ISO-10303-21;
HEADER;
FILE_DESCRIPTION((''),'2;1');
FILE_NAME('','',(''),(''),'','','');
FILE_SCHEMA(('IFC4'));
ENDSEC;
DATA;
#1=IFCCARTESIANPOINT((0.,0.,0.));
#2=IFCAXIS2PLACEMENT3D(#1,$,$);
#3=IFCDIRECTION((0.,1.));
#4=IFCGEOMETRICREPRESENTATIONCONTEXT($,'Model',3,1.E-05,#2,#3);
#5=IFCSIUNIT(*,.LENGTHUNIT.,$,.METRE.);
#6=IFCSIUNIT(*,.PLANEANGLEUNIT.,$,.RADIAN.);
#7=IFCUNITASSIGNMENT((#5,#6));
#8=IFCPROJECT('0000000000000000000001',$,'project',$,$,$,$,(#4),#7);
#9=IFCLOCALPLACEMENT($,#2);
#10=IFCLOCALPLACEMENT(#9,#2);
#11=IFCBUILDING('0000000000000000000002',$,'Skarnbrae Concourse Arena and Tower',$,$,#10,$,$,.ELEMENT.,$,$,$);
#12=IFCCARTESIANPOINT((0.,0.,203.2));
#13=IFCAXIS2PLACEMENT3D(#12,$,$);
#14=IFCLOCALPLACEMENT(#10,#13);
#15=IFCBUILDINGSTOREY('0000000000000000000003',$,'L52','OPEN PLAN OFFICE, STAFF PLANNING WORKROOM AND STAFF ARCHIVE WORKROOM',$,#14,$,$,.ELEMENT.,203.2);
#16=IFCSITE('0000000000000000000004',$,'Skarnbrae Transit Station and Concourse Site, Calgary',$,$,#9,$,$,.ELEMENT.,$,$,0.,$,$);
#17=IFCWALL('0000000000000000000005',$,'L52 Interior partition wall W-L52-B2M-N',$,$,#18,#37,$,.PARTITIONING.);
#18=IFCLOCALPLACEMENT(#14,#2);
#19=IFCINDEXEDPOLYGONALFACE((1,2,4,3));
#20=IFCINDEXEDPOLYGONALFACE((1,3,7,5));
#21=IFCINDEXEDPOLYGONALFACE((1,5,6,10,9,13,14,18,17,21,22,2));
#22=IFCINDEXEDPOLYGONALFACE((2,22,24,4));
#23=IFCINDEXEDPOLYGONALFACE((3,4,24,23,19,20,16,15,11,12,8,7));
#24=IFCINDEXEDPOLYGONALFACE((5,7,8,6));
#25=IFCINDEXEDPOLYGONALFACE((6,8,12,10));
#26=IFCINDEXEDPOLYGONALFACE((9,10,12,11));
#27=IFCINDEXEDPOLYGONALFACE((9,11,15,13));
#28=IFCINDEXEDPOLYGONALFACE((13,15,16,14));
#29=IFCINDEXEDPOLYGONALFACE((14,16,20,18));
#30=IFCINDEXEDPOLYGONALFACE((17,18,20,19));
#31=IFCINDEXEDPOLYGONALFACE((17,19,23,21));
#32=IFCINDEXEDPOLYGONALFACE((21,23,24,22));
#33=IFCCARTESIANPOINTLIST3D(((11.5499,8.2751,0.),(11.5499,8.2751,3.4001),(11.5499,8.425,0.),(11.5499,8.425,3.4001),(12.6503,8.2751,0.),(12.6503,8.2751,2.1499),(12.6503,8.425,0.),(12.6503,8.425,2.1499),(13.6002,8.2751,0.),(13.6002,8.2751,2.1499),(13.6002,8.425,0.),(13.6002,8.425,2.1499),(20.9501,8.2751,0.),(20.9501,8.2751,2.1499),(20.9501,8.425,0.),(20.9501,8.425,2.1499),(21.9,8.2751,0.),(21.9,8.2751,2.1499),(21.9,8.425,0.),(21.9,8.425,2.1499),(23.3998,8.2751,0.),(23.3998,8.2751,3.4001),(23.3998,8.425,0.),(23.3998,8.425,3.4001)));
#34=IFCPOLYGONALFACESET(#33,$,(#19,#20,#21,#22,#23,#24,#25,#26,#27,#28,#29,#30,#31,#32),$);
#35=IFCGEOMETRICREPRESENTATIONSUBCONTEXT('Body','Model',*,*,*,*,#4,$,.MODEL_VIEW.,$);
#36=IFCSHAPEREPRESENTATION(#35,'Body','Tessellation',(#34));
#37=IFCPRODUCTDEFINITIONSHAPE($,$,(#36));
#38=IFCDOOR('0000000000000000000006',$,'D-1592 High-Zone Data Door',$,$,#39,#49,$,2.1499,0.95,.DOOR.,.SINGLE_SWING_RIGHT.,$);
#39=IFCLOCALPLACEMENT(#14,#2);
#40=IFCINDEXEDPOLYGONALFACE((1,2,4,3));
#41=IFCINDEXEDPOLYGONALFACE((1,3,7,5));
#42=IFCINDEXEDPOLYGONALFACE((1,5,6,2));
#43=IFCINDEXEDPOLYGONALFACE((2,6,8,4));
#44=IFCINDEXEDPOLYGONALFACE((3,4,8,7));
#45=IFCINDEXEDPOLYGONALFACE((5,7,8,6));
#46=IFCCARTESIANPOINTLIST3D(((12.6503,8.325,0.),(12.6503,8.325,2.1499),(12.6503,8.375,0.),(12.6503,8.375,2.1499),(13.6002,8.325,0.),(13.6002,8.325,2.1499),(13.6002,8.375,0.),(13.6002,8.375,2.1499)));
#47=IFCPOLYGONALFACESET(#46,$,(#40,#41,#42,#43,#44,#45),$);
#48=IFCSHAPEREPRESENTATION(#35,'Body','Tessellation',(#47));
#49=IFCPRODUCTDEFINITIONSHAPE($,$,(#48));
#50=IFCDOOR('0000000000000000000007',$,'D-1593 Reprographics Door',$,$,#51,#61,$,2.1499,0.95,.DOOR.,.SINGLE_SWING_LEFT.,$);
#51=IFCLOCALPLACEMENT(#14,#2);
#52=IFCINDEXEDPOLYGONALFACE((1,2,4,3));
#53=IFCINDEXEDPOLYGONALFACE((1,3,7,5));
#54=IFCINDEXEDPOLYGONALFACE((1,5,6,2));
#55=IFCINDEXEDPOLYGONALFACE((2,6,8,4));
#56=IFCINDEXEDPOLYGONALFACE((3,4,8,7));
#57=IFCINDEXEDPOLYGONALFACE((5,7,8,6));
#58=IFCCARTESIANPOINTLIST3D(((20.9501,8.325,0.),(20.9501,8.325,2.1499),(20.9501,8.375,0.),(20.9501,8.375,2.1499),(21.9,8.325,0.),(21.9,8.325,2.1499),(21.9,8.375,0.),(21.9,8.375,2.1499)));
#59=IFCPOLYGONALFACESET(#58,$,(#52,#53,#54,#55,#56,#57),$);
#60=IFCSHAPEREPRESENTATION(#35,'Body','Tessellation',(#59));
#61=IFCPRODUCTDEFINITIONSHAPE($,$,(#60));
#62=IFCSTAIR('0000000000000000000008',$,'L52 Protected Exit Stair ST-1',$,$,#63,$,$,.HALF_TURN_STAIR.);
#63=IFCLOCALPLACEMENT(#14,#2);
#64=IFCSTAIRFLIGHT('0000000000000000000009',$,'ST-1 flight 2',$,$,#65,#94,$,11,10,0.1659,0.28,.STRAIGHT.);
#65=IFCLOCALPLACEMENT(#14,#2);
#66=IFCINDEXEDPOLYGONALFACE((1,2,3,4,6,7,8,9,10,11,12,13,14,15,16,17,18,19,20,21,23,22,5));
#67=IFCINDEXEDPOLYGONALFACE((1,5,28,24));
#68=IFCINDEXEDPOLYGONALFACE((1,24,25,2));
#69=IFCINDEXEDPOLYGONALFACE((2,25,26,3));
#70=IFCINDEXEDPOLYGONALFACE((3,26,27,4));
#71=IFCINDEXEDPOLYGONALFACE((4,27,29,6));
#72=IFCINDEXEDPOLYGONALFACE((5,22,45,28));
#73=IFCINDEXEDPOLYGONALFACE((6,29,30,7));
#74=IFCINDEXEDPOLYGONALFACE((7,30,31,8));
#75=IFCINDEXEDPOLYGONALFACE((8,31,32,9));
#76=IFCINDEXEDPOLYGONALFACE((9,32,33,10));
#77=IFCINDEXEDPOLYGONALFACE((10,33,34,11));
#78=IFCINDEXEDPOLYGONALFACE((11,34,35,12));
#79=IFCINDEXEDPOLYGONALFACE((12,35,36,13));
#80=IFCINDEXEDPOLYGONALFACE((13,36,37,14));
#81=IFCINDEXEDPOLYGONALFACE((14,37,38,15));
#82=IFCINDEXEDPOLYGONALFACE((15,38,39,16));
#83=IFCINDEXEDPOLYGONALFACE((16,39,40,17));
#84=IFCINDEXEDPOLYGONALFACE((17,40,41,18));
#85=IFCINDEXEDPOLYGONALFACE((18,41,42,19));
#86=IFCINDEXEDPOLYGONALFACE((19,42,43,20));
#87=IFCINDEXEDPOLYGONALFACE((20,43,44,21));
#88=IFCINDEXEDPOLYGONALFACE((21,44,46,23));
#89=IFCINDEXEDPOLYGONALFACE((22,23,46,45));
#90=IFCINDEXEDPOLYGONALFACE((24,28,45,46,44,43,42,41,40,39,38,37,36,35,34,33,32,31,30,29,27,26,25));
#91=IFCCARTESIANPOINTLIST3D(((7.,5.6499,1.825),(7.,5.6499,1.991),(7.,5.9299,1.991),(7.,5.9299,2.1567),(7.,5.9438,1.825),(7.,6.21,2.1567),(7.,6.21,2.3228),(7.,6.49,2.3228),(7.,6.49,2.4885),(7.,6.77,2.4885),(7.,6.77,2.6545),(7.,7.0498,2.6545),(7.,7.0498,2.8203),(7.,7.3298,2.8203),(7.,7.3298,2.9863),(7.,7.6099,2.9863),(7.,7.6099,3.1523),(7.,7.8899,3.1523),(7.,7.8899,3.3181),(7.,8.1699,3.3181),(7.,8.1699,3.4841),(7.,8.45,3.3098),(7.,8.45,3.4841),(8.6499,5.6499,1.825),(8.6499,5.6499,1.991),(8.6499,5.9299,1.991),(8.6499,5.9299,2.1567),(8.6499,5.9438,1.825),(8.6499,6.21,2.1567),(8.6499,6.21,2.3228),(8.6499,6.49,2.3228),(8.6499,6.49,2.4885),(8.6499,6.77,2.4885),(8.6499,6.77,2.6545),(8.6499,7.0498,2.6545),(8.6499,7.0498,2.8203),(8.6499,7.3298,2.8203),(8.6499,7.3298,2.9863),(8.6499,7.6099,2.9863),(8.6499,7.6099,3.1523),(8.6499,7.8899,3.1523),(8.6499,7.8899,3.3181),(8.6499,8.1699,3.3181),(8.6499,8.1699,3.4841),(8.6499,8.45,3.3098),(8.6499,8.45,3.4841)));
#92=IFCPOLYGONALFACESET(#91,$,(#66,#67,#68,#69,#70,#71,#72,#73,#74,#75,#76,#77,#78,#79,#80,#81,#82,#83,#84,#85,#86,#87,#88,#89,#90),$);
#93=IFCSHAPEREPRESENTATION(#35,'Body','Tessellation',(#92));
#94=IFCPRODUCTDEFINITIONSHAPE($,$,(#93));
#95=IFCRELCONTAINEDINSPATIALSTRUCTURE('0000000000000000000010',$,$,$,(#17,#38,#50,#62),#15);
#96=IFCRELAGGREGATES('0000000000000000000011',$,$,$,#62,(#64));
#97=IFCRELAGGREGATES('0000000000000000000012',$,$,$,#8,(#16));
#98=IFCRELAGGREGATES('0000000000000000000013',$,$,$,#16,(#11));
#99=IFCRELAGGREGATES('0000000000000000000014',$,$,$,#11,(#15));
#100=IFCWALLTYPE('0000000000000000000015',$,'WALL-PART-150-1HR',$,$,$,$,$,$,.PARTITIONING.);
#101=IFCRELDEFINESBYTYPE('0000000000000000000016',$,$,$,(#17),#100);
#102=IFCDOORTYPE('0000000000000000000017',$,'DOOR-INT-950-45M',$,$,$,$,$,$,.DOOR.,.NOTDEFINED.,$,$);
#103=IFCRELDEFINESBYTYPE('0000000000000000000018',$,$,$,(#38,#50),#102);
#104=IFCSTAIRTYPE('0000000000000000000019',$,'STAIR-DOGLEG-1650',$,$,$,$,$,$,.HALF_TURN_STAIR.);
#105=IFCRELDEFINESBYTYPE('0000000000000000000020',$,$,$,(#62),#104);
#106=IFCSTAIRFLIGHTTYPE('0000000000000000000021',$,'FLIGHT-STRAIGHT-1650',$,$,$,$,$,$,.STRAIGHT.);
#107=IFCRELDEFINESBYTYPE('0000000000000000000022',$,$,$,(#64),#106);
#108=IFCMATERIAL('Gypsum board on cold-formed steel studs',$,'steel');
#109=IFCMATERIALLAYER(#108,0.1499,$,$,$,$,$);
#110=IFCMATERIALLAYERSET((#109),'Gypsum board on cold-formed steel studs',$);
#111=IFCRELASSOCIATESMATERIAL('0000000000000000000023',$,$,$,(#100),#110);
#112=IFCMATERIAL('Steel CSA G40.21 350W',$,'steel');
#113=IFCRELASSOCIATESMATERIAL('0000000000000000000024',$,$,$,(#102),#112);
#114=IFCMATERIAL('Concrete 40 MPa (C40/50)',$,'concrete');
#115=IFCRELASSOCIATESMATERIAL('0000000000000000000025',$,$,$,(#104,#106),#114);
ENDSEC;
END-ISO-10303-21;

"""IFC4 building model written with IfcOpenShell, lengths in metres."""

from ifc_helpers import new_model, si_unit, direction, frame, frame_2d, origin, place, context, subcontext, project, spatial, polyline, rectangle, outline, extrude, source, transform, mapped, material, layer, layer_set, type_object, element, fill, aggregate, save


model = new_model("IFC4")

# Units and contexts
model_context = context("Model", 3, precision=1e-05, world=origin(), true_north=direction((0.0, 1.0)))
body_context = subcontext(model_context, "Body", "Model", "MODEL_VIEW")
ifc_project = project(units=[si_unit("LENGTHUNIT", "METRE"), si_unit("PLANEANGLEUNIT", "RADIAN")], contexts=[model_context])

# Site, building, storey
site_placement = place(None, origin())
site = spatial("IfcSite", under=ifc_project, at=site_placement, Name="Skarnbrae Transit Station and Concourse Site, Calgary", CompositionType="ELEMENT", RefElevation=0.0)
building_placement = place(site_placement, origin())
building = spatial("IfcBuilding", under=site, at=building_placement, Name="Skarnbrae Concourse Arena and Tower", CompositionType="ELEMENT")
storey_placement = place(building_placement, frame((0.0, 0.0, 203.2)))
storey = spatial("IfcBuildingStorey", under=building, at=storey_placement, Name="L52", Description="OPEN PLAN OFFICE, STAFF PLANNING WORKROOM AND STAFF ARCHIVE WORKROOM", CompositionType="ELEMENT", Elevation=203.2)

# Shared definitions
ifc_material_1 = material(Name="Gypsum board on cold-formed steel studs", Category="steel")

# Shared definitions
ifc_material_2 = material(Name="Steel CSA G40.21 350W", Category="steel")

# Shared definitions
ifc_layer_1 = layer(ifc_material_1, 0.1499)
ifc_layer_set_1 = layer_set([ifc_layer_1], Name="Gypsum board on cold-formed steel studs")
wall_type_1 = type_object("IfcWallType", Name="WALL-PART-150-1HR", PredefinedType="PARTITIONING", material=ifc_layer_set_1)

# Shared definitions
door_type_1 = type_object("IfcDoorType", Name="DOOR-INT-950-45M", OperationType="NOTDEFINED", PredefinedType="DOOR", material=ifc_material_2)
shared_shape_1 = source(origin(), body_context, "Body", "SweptSolid", [
    extrude(rectangle(XDim=0.95, YDim=2.1499, at=frame_2d((0.4751, 1.075))), frame((0.0, 0.0249, 0.0), z_axis=(0.0, -1.0, 0.0), x_axis=(1.0, 0.0, 0.0)), (0.0, 0.0, 1.0), 0.05),
])

# Shared definitions
shared_shape_2 = source(origin(), body_context, "Body", "SweptSolid", [
    extrude(rectangle(XDim=11.8499, YDim=0.1499, at=frame_2d((5.9248, 0.0))), origin(), (0.0, 0.0, 1.0), 3.4001),
])

# Wall, openings, doors
wall_1_placement = place(storey_placement, frame((11.55, 8.3501, 0.0), z_axis=(0.0, 0.0, 1.0), x_axis=(1.0, 0.0, 0.0)))
wall_1 = element("IfcWall", 1, at=wall_1_placement, inside=storey, type_object=wall_type_1, Name="L52 Interior partition wall W-L52-B2M-N", PredefinedType="PARTITIONING", context=body_context, shape_type="MappedRepresentation", body=[
    mapped(shared_shape_2, transform((0.0, 0.0, 0.0))),
])
opening_1_placement = place(wall_1_placement, frame((1.1001, 0.0, 0.0)))
opening_1 = element("IfcOpeningElement", 2, at=opening_1_placement, cuts=wall_1, PredefinedType="OPENING", context=body_context, shape_type="SweptSolid", body=[
    extrude(rectangle(XDim=0.95, YDim=2.1499, at=frame_2d((0.4751, 1.075))), frame((0.0, 0.085, 0.0), z_axis=(0.0, -1.0, 0.0), x_axis=(1.0, 0.0, 0.0)), (0.0, 0.0, 1.0), 0.1699),
])
opening_2_placement = place(wall_1_placement, frame((9.3999, 0.0, 0.0)))
opening_2 = element("IfcOpeningElement", 3, at=opening_2_placement, cuts=wall_1, PredefinedType="OPENING", context=body_context, shape_type="SweptSolid", body=[
    extrude(rectangle(XDim=0.95, YDim=2.1499, at=frame_2d((0.4751, 1.075))), frame((0.0, 0.085, 0.0), z_axis=(0.0, -1.0, 0.0), x_axis=(1.0, 0.0, 0.0)), (0.0, 0.0, 1.0), 0.1699),
])
door_1_placement = place(opening_1_placement, origin())
door_1 = element("IfcDoor", 4, at=door_1_placement, inside=storey, type_object=door_type_1, Name="D-1592 High-Zone Data Door", OperationType="SINGLE_SWING_RIGHT", OverallHeight=2.1499, OverallWidth=0.95, PredefinedType="DOOR", context=body_context, shape_type="MappedRepresentation", body=[
    mapped(shared_shape_1, transform((0.0, 0.0, 0.0))),
])
fill(opening_1, door_1)
door_2_placement = place(opening_2_placement, origin())
door_2 = element("IfcDoor", 5, at=door_2_placement, inside=storey, type_object=door_type_1, Name="D-1593 Reprographics Door", OperationType="SINGLE_SWING_LEFT", OverallHeight=2.1499, OverallWidth=0.95, PredefinedType="DOOR", context=body_context, shape_type="MappedRepresentation", body=[
    mapped(shared_shape_1, transform((0.0, 0.0, 0.0))),
])
fill(opening_2, door_2)

# Stair, stair flight
ifc_material_3 = material(Name="Concrete 40 MPa (C40/50)", Category="concrete")
stair_type = type_object("IfcStairType", Name="STAIR-DOGLEG-1650", PredefinedType="HALF_TURN_STAIR", material=ifc_material_3)
stair_placement = place(storey_placement, origin())
stair = element("IfcStair", 6, at=stair_placement, inside=storey, type_object=stair_type, Name="L52 Protected Exit Stair ST-1", PredefinedType="HALF_TURN_STAIR")
stair_flight_type = type_object("IfcStairFlightType", Name="FLIGHT-STRAIGHT-1650", PredefinedType="STRAIGHT", material=ifc_material_3)
shared_shape_3 = source(origin(), body_context, "Body", "SweptSolid", [
    extrude(outline(polyline([(0.0, 0.0), (0.0, 0.166), (0.28, 0.166), (0.28, 0.3318), (0.5601, 0.3318), (0.5601, 0.4978), (0.8401, 0.4978), (0.8401, 0.6636), (1.1201, 0.6636), (1.1201, 0.8296), (1.3999, 0.8296), (1.3999, 0.9954), (1.6799, 0.9954), (1.6799, 1.1614), (1.96, 1.1614), (1.96, 1.3274), (2.24, 1.3274), (2.24, 1.4932), (2.52, 1.4932), (2.52, 1.6592), (2.8, 1.6592), (2.8, 1.825), (2.8, 1.4849), (0.2939, 0.0), (0.0, 0.0)])), frame((0.0, 0.825, 0.0), z_axis=(0.0, -1.0, 0.0), x_axis=(1.0, 0.0, 0.0)), (0.0, 0.0, 1.0), 1.6499),
])
stair_flight_placement = place(storey_placement, frame((7.825, 5.6499, 1.825), z_axis=(0.0, 0.0, 1.0), x_axis=(0.0, 1.0, 0.0)))
stair_flight = element("IfcStairFlight", 7, at=stair_flight_placement, type_object=stair_flight_type, Name="ST-1 flight 2", NumberOfRisers=11, NumberOfTreads=10, PredefinedType="STRAIGHT", RiserHeight=0.1659, TreadLength=0.28, context=body_context, shape_type="MappedRepresentation", body=[
    mapped(shared_shape_3, transform((0.0, 0.0, 0.0))),
])
aggregate(stair, [stair_flight])

save(model, "model.ifc")
